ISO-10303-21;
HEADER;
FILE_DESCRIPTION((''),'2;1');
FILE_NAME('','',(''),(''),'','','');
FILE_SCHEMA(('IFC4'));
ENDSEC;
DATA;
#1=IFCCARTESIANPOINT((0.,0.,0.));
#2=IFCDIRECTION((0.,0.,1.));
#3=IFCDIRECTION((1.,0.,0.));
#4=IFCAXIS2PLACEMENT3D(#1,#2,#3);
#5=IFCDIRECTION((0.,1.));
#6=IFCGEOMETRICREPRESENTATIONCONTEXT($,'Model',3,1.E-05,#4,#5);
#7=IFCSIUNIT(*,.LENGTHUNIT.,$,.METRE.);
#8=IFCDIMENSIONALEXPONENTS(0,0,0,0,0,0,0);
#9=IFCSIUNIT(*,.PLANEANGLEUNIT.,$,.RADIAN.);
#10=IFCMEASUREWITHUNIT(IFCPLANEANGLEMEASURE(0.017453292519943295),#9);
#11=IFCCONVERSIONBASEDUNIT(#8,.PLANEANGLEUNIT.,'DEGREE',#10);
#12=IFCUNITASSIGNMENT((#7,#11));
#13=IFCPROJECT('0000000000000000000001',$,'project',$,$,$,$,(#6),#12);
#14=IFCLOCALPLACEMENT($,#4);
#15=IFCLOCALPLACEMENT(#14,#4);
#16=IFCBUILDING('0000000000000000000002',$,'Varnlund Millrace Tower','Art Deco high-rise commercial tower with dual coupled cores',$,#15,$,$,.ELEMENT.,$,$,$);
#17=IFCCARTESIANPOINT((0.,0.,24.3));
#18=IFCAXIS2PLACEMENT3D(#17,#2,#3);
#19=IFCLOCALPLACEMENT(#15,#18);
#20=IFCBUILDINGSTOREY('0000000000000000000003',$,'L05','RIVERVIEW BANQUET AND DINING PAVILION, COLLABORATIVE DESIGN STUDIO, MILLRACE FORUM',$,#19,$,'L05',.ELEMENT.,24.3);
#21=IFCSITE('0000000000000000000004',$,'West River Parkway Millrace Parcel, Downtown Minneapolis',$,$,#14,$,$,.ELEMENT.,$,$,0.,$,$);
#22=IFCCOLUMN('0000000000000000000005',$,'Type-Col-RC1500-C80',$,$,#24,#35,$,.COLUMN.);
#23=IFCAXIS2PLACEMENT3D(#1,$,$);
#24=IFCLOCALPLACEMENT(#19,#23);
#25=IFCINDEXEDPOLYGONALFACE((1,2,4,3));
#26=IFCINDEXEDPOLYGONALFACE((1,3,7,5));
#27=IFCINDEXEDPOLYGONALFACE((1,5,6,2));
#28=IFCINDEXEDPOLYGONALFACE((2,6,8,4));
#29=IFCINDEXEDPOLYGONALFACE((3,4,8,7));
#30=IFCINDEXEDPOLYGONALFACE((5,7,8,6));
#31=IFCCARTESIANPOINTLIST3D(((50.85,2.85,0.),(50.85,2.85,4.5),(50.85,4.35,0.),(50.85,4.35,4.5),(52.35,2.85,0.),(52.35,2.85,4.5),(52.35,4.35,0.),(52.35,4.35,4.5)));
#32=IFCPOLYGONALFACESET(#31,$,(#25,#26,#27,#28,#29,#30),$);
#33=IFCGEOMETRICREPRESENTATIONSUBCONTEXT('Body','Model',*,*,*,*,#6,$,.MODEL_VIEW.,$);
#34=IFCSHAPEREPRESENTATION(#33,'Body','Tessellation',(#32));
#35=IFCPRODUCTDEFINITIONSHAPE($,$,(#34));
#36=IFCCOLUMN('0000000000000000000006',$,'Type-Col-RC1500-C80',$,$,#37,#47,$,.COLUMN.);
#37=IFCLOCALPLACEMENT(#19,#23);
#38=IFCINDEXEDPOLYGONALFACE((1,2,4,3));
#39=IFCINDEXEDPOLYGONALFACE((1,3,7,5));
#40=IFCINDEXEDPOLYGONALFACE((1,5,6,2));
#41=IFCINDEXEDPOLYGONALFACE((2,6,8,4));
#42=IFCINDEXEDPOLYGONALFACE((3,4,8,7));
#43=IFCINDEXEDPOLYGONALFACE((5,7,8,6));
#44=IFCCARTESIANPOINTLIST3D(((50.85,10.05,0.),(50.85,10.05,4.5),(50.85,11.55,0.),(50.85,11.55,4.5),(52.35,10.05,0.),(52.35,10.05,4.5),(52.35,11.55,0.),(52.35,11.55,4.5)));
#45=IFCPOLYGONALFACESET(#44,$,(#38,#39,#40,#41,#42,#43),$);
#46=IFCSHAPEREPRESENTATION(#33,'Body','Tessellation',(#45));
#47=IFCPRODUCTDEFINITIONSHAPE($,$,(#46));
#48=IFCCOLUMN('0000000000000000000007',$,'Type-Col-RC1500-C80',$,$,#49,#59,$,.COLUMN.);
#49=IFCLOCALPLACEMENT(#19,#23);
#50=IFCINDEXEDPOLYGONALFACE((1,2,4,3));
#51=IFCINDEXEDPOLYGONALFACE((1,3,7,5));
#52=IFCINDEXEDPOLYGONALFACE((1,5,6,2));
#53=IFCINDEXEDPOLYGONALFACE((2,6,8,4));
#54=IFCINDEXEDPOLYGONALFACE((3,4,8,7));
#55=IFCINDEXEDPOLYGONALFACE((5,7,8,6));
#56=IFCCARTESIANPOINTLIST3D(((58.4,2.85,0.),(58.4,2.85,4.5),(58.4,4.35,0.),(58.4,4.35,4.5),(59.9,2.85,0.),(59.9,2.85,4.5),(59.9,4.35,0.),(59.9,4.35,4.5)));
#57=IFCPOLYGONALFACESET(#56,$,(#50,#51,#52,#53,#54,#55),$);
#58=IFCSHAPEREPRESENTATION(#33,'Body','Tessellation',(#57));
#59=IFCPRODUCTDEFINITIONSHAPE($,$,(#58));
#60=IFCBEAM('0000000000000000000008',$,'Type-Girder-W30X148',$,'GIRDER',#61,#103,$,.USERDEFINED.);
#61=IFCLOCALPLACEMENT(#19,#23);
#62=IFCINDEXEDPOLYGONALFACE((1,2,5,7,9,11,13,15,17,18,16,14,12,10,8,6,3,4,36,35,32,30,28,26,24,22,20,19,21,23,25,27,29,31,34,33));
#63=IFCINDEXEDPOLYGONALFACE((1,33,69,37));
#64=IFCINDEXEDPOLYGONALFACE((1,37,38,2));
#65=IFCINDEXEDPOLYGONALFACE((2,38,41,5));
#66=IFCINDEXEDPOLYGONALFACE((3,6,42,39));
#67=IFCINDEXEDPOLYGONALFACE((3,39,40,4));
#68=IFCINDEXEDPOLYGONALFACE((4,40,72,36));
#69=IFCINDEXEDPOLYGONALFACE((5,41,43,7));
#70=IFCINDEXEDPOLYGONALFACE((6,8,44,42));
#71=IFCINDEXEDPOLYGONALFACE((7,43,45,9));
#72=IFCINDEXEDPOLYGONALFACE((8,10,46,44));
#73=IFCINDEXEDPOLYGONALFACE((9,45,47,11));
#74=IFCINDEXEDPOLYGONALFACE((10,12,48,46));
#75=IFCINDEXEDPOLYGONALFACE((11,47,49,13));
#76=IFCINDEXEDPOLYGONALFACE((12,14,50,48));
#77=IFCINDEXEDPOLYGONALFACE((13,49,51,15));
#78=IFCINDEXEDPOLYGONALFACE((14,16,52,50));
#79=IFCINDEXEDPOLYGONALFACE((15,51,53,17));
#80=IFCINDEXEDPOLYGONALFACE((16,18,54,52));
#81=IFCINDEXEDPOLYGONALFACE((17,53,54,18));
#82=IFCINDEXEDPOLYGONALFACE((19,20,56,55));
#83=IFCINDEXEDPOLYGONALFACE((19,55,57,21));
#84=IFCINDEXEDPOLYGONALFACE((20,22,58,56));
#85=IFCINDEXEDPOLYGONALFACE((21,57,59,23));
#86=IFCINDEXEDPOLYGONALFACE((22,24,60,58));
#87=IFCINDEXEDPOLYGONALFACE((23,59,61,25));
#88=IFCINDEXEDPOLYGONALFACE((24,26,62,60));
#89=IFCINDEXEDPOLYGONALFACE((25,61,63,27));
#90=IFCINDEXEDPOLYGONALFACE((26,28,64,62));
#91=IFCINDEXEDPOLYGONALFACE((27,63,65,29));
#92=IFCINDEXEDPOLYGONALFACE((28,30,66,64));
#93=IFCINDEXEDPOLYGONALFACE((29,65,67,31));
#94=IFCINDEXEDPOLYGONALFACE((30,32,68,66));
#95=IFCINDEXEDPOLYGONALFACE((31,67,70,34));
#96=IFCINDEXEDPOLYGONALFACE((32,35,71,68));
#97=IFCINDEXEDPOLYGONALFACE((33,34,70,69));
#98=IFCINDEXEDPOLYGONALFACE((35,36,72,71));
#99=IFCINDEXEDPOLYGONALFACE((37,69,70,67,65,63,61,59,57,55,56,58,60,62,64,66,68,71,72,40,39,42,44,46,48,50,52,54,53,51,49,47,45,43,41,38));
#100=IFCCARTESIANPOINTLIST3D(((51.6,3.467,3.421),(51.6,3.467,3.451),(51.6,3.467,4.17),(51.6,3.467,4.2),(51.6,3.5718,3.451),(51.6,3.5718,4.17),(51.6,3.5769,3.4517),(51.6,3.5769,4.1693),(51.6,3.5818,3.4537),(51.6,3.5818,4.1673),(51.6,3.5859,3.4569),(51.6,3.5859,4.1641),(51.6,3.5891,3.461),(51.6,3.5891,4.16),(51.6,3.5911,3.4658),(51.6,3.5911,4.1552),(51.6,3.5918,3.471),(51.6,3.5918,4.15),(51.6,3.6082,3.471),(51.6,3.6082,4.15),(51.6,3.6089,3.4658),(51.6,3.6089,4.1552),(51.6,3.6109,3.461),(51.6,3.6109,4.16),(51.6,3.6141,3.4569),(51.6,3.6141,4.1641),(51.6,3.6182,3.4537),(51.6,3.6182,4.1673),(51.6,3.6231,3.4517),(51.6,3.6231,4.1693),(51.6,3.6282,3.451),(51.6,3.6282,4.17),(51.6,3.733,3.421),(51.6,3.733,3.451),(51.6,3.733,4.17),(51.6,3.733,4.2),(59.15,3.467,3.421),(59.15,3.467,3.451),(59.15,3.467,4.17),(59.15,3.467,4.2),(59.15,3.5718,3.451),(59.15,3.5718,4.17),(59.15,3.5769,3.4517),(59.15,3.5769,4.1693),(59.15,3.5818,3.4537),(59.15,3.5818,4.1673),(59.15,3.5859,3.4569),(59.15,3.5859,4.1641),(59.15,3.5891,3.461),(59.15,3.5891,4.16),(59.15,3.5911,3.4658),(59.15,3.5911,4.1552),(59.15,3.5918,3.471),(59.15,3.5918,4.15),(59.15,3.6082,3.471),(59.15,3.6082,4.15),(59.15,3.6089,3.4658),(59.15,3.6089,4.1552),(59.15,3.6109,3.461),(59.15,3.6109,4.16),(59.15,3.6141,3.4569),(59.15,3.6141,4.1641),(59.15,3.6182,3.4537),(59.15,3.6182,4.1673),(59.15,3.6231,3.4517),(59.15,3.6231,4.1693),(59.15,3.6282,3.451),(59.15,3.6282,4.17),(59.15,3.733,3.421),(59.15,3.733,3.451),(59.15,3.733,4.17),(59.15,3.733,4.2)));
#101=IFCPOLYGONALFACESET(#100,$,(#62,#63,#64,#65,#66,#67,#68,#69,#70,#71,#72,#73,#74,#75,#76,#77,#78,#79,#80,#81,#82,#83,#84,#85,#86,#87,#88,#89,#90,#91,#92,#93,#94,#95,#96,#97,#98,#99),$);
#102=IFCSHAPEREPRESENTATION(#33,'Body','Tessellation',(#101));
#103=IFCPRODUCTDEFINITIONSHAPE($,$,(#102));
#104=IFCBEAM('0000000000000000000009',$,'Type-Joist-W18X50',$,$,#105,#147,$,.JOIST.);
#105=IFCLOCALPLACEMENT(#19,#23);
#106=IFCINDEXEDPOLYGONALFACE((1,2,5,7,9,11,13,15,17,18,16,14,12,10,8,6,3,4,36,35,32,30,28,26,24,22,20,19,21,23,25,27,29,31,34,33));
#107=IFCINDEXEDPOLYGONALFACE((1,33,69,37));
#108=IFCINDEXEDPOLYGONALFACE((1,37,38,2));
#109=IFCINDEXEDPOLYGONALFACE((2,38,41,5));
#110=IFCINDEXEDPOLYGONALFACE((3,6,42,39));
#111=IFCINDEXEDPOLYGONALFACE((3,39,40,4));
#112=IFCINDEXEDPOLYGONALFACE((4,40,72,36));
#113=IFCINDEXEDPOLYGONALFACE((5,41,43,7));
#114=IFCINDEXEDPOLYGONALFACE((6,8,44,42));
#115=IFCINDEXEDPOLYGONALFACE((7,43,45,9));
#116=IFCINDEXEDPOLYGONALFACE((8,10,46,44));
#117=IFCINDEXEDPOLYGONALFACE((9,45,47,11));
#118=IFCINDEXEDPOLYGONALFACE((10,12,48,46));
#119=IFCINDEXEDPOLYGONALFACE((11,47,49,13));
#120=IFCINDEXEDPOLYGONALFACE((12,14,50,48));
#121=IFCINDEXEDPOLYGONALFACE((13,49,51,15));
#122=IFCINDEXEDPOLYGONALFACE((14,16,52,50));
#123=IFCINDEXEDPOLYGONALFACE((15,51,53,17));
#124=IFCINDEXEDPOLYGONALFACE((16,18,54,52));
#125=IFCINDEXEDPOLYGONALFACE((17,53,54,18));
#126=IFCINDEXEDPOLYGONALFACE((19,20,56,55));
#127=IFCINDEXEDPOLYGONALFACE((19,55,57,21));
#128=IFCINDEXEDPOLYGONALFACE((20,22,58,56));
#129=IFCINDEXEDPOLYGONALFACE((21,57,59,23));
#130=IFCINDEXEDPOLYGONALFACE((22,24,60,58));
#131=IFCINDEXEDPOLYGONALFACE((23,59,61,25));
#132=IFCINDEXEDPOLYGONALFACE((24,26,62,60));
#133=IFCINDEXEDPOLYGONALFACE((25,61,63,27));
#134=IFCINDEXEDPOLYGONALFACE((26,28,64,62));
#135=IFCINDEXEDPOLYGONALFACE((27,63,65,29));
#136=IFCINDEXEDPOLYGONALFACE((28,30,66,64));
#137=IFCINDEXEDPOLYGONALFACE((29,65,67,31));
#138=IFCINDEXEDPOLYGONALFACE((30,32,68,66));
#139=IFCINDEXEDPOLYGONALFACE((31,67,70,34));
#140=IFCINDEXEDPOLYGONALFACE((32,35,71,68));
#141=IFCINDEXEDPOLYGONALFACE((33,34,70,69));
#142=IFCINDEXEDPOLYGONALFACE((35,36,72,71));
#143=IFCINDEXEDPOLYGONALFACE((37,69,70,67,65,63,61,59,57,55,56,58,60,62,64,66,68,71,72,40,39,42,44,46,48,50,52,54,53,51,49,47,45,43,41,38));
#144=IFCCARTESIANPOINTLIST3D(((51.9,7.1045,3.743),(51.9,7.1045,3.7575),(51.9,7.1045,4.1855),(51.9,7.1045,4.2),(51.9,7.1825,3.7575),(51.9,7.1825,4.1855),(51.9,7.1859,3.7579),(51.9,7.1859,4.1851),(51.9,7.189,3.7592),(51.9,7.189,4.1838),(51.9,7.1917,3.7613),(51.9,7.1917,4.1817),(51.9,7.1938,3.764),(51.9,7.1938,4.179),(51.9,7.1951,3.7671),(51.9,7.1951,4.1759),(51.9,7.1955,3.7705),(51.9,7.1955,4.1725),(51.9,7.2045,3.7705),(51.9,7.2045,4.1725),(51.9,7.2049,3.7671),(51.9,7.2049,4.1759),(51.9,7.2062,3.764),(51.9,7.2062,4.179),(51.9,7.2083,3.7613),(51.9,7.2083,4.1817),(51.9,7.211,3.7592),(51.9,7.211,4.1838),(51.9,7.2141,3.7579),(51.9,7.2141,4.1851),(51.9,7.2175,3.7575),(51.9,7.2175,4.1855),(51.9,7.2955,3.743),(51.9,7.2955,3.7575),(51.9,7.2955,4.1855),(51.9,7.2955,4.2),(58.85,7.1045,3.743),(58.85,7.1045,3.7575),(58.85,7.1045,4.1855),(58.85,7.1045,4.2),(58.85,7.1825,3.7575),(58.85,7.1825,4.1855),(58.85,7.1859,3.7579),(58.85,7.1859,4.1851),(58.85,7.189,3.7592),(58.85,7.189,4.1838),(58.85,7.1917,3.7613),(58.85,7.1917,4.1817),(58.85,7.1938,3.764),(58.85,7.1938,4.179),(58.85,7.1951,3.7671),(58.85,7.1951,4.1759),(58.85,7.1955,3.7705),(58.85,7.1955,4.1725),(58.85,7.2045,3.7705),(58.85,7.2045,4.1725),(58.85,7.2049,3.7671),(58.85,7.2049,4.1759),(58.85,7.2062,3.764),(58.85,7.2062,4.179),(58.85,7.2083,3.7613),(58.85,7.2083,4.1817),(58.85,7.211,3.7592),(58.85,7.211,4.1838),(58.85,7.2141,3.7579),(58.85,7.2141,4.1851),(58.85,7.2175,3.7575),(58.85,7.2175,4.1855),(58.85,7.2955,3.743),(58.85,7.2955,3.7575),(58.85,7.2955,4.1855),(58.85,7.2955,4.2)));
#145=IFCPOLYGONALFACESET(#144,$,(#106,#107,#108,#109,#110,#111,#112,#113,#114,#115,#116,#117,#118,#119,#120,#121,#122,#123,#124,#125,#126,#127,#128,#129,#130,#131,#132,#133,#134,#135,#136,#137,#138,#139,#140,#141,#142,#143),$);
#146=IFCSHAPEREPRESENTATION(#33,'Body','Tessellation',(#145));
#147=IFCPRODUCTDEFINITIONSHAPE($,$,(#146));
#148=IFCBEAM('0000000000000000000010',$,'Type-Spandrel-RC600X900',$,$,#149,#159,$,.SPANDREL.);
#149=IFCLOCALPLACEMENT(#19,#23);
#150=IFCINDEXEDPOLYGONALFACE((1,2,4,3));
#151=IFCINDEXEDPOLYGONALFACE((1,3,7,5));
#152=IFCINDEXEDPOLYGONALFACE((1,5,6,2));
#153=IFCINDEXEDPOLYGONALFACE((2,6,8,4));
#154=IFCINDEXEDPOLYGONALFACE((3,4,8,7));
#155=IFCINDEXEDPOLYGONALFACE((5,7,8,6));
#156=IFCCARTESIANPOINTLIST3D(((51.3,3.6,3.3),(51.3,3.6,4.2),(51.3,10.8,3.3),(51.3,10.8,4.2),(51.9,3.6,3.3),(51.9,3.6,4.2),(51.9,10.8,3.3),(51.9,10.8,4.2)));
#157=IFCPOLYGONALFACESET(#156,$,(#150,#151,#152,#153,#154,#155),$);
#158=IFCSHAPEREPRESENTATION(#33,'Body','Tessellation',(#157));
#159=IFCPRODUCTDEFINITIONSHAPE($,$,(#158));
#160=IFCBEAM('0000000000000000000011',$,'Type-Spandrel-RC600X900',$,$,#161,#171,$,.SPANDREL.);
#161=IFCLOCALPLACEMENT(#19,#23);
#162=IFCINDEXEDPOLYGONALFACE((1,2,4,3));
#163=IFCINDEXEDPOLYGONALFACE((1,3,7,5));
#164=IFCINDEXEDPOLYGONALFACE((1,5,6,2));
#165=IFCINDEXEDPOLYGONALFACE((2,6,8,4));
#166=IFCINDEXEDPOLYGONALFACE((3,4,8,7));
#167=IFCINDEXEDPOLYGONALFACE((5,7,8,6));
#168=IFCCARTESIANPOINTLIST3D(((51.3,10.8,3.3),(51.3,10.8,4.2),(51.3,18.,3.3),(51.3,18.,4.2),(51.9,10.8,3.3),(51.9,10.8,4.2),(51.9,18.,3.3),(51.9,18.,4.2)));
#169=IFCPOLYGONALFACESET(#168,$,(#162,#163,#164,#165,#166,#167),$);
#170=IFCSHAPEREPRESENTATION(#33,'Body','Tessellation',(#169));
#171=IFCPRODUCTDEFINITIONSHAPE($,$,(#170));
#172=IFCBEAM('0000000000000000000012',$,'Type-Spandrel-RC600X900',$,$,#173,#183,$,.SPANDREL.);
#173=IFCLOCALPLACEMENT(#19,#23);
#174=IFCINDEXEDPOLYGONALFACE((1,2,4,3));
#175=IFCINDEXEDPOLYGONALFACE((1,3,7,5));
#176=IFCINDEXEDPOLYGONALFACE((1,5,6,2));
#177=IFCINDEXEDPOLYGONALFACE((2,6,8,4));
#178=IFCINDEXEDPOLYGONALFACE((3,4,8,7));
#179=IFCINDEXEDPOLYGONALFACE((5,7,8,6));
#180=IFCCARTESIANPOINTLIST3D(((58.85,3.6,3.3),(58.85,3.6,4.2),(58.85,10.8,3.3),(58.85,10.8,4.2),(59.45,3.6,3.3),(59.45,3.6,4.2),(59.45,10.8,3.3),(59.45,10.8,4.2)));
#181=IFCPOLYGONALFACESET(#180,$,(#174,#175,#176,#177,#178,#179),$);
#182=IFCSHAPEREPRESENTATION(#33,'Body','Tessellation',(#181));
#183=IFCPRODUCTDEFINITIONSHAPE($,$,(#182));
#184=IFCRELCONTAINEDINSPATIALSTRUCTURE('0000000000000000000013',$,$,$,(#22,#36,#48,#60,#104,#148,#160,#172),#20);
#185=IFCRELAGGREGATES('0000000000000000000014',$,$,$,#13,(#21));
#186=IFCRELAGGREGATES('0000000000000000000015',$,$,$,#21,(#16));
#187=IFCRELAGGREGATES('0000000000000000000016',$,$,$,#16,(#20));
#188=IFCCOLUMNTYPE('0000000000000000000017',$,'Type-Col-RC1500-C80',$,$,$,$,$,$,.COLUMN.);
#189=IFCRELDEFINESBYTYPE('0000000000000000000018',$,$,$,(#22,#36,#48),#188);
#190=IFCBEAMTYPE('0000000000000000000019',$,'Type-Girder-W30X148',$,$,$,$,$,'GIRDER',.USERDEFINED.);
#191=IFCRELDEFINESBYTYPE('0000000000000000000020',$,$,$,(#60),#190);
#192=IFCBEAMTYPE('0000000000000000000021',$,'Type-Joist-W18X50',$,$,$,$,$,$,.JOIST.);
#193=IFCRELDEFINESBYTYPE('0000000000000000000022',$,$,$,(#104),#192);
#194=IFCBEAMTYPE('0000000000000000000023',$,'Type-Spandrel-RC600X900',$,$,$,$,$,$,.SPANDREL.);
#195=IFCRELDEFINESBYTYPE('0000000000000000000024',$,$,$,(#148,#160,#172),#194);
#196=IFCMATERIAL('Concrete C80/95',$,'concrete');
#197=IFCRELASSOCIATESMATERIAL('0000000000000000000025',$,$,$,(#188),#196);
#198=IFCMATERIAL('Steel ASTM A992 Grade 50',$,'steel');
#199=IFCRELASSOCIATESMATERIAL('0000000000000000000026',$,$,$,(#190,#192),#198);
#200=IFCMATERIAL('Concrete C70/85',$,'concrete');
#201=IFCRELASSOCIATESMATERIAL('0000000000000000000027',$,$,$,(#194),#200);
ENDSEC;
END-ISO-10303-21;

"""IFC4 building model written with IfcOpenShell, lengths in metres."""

from ifc_helpers import new_model, entity, si_unit, converted_unit, direction, frame, origin_with_axes, origin_2d_with_axis, place, context, subcontext, project, spatial, rectangle, i_section, extrude, material, material_profile, profile_set, type_object, element, save


model = new_model("IFC4")

# Units and contexts
model_context = context("Model", 3, precision=1e-05, world=origin_with_axes(), true_north=direction((0.0, 1.0)))
body_context = subcontext(model_context, "Body", "Model", "MODEL_VIEW")
ifc_project = project(units=[si_unit("LENGTHUNIT", "METRE"), converted_unit("PLANEANGLEUNIT", "DEGREE", entity("IfcPlaneAngleMeasure", 0.017453292519943295), si_unit("PLANEANGLEUNIT", "RADIAN"), dimensions=[0, 0, 0, 0, 0, 0, 0])], contexts=[model_context])

# Site, building, storey
site_placement = place(None, origin_with_axes())
site = spatial("IfcSite", under=ifc_project, at=site_placement, Name="West River Parkway Millrace Parcel, Downtown Minneapolis", CompositionType="ELEMENT", RefElevation=0.0)
building_placement = place(site_placement, origin_with_axes())
building = spatial("IfcBuilding", under=site, at=building_placement, Name="Varnlund Millrace Tower", Description="Art Deco high-rise commercial tower with dual coupled cores", CompositionType="ELEMENT")
storey_placement = place(building_placement, frame((0.0, 0.0, 24.3), z_axis=(0.0, 0.0, 1.0), x_axis=(1.0, 0.0, 0.0)))
storey = spatial("IfcBuildingStorey", under=building, at=storey_placement, Name="L05", Description="RIVERVIEW BANQUET AND DINING PAVILION, COLLABORATIVE DESIGN STUDIO, MILLRACE FORUM", LongName="L05", CompositionType="ELEMENT", Elevation=24.3)

# Columns
ifc_material_1 = material(Name="Concrete C80/95", Category="concrete")
ifc_material_profile_1 = material_profile(ifc_material_1, rectangle(XDim=1.5, YDim=1.5, at=origin_2d_with_axis()), Name="Concrete C80/95")
ifc_profile_set_1 = profile_set([ifc_material_profile_1], Name="Concrete C80/95")
column_type = type_object("IfcColumnType", Name="Type-Col-RC1500-C80", PredefinedType="COLUMN", material=ifc_profile_set_1)
for number, where, z_axis, x_axis, name in (
    (1, (51.6, 3.6, 0.0), (0.0, 0.0, 1.0), (1.0, 0.0, 0.0), "Type-Col-RC1500-C80"),
    (2, (51.6, 10.8, 0.0), (0.0, 0.0, 1.0), (1.0, 0.0, 0.0), "Type-Col-RC1500-C80"),
    (3, (59.15, 3.6, 0.0), (0.0, 0.0, 1.0), (1.0, 0.0, 0.0), "Type-Col-RC1500-C80"),
):
    element("IfcColumn", number, at=place(storey_placement, frame(where, z_axis=z_axis, x_axis=x_axis)), inside=storey, type_object=column_type, Name=name, PredefinedType="COLUMN", context=body_context, shape_type="SweptSolid", body=[
        extrude(rectangle(XDim=1.5, YDim=1.5, at=origin_2d_with_axis()), origin_with_axes(), (0.0, 0.0, 1.0), 4.5),
    ])

# Beams
ifc_material_2 = material(Name="Steel ASTM A992 Grade 50", Category="steel")
ifc_material_profile_2 = material_profile(ifc_material_2, i_section(OverallWidth=0.266, OverallDepth=0.779, WebThickness=0.0165, FlangeThickness=0.03, FilletRadius=0.02, at=origin_2d_with_axis()), Name="Steel ASTM A992 Grade 50")
ifc_profile_set_2 = profile_set([ifc_material_profile_2], Name="Steel ASTM A992 Grade 50")
beam_type_1 = type_object("IfcBeamType", Name="Type-Girder-W30X148", ElementType="GIRDER", PredefinedType="USERDEFINED", material=ifc_profile_set_2)
beam_1_placement = place(storey_placement, frame((51.6, 3.6, 3.8105), z_axis=(1.0, 0.0, 0.0), x_axis=(0.0, 1.0, 0.0)))
element("IfcBeam", 4, at=beam_1_placement, inside=storey, type_object=beam_type_1, Name="Type-Girder-W30X148", ObjectType="GIRDER", PredefinedType="USERDEFINED", context=body_context, shape_type="SweptSolid", body=[
    extrude(i_section(OverallWidth=0.266, OverallDepth=0.779, WebThickness=0.0165, FlangeThickness=0.03, FilletRadius=0.02, at=origin_2d_with_axis()), origin_with_axes(), (0.0, 0.0, 1.0), 7.55),
])
ifc_material_profile_3 = material_profile(ifc_material_2, i_section(OverallWidth=0.191, OverallDepth=0.457, WebThickness=0.009, FlangeThickness=0.0145, FilletRadius=0.013, at=origin_2d_with_axis()), Name="Steel ASTM A992 Grade 50")
ifc_profile_set_3 = profile_set([ifc_material_profile_3], Name="Steel ASTM A992 Grade 50")
beam_type_2 = type_object("IfcBeamType", Name="Type-Joist-W18X50", PredefinedType="JOIST", material=ifc_profile_set_3)
beam_2_placement = place(storey_placement, frame((51.9, 7.2, 3.9715), z_axis=(1.0, 0.0, 0.0), x_axis=(0.0, 1.0, 0.0)))
element("IfcBeam", 5, at=beam_2_placement, inside=storey, type_object=beam_type_2, Name="Type-Joist-W18X50", PredefinedType="JOIST", context=body_context, shape_type="SweptSolid", body=[
    extrude(i_section(OverallWidth=0.191, OverallDepth=0.457, WebThickness=0.009, FlangeThickness=0.0145, FilletRadius=0.013, at=origin_2d_with_axis()), origin_with_axes(), (0.0, 0.0, 1.0), 6.95),
])
ifc_material_3 = material(Name="Concrete C70/85", Category="concrete")
ifc_material_profile_4 = material_profile(ifc_material_3, rectangle(XDim=0.6, YDim=0.9, at=origin_2d_with_axis()), Name="Concrete C70/85")
ifc_profile_set_4 = profile_set([ifc_material_profile_4], Name="Concrete C70/85")
beam_type_3 = type_object("IfcBeamType", Name="Type-Spandrel-RC600X900", PredefinedType="SPANDREL", material=ifc_profile_set_4)
for number, where, z_axis, x_axis, name in (
    (6, (51.6, 3.6, 3.75), (0.0, 1.0, 0.0), (-1.0, 0.0, 0.0), "Type-Spandrel-RC600X900"),
    (7, (51.6, 10.8, 3.75), (0.0, 1.0, 0.0), (-1.0, 0.0, 0.0), "Type-Spandrel-RC600X900"),
    (8, (59.15, 3.6, 3.75), (0.0, 1.0, 0.0), (-1.0, 0.0, 0.0), "Type-Spandrel-RC600X900"),
):
    element("IfcBeam", number, at=place(storey_placement, frame(where, z_axis=z_axis, x_axis=x_axis)), inside=storey, type_object=beam_type_3, Name=name, PredefinedType="SPANDREL", context=body_context, shape_type="SweptSolid", body=[
        extrude(rectangle(XDim=0.6, YDim=0.9, at=origin_2d_with_axis()), origin_with_axes(), (0.0, 0.0, 1.0), 7.2),
    ])

save(model, "model.ifc")
